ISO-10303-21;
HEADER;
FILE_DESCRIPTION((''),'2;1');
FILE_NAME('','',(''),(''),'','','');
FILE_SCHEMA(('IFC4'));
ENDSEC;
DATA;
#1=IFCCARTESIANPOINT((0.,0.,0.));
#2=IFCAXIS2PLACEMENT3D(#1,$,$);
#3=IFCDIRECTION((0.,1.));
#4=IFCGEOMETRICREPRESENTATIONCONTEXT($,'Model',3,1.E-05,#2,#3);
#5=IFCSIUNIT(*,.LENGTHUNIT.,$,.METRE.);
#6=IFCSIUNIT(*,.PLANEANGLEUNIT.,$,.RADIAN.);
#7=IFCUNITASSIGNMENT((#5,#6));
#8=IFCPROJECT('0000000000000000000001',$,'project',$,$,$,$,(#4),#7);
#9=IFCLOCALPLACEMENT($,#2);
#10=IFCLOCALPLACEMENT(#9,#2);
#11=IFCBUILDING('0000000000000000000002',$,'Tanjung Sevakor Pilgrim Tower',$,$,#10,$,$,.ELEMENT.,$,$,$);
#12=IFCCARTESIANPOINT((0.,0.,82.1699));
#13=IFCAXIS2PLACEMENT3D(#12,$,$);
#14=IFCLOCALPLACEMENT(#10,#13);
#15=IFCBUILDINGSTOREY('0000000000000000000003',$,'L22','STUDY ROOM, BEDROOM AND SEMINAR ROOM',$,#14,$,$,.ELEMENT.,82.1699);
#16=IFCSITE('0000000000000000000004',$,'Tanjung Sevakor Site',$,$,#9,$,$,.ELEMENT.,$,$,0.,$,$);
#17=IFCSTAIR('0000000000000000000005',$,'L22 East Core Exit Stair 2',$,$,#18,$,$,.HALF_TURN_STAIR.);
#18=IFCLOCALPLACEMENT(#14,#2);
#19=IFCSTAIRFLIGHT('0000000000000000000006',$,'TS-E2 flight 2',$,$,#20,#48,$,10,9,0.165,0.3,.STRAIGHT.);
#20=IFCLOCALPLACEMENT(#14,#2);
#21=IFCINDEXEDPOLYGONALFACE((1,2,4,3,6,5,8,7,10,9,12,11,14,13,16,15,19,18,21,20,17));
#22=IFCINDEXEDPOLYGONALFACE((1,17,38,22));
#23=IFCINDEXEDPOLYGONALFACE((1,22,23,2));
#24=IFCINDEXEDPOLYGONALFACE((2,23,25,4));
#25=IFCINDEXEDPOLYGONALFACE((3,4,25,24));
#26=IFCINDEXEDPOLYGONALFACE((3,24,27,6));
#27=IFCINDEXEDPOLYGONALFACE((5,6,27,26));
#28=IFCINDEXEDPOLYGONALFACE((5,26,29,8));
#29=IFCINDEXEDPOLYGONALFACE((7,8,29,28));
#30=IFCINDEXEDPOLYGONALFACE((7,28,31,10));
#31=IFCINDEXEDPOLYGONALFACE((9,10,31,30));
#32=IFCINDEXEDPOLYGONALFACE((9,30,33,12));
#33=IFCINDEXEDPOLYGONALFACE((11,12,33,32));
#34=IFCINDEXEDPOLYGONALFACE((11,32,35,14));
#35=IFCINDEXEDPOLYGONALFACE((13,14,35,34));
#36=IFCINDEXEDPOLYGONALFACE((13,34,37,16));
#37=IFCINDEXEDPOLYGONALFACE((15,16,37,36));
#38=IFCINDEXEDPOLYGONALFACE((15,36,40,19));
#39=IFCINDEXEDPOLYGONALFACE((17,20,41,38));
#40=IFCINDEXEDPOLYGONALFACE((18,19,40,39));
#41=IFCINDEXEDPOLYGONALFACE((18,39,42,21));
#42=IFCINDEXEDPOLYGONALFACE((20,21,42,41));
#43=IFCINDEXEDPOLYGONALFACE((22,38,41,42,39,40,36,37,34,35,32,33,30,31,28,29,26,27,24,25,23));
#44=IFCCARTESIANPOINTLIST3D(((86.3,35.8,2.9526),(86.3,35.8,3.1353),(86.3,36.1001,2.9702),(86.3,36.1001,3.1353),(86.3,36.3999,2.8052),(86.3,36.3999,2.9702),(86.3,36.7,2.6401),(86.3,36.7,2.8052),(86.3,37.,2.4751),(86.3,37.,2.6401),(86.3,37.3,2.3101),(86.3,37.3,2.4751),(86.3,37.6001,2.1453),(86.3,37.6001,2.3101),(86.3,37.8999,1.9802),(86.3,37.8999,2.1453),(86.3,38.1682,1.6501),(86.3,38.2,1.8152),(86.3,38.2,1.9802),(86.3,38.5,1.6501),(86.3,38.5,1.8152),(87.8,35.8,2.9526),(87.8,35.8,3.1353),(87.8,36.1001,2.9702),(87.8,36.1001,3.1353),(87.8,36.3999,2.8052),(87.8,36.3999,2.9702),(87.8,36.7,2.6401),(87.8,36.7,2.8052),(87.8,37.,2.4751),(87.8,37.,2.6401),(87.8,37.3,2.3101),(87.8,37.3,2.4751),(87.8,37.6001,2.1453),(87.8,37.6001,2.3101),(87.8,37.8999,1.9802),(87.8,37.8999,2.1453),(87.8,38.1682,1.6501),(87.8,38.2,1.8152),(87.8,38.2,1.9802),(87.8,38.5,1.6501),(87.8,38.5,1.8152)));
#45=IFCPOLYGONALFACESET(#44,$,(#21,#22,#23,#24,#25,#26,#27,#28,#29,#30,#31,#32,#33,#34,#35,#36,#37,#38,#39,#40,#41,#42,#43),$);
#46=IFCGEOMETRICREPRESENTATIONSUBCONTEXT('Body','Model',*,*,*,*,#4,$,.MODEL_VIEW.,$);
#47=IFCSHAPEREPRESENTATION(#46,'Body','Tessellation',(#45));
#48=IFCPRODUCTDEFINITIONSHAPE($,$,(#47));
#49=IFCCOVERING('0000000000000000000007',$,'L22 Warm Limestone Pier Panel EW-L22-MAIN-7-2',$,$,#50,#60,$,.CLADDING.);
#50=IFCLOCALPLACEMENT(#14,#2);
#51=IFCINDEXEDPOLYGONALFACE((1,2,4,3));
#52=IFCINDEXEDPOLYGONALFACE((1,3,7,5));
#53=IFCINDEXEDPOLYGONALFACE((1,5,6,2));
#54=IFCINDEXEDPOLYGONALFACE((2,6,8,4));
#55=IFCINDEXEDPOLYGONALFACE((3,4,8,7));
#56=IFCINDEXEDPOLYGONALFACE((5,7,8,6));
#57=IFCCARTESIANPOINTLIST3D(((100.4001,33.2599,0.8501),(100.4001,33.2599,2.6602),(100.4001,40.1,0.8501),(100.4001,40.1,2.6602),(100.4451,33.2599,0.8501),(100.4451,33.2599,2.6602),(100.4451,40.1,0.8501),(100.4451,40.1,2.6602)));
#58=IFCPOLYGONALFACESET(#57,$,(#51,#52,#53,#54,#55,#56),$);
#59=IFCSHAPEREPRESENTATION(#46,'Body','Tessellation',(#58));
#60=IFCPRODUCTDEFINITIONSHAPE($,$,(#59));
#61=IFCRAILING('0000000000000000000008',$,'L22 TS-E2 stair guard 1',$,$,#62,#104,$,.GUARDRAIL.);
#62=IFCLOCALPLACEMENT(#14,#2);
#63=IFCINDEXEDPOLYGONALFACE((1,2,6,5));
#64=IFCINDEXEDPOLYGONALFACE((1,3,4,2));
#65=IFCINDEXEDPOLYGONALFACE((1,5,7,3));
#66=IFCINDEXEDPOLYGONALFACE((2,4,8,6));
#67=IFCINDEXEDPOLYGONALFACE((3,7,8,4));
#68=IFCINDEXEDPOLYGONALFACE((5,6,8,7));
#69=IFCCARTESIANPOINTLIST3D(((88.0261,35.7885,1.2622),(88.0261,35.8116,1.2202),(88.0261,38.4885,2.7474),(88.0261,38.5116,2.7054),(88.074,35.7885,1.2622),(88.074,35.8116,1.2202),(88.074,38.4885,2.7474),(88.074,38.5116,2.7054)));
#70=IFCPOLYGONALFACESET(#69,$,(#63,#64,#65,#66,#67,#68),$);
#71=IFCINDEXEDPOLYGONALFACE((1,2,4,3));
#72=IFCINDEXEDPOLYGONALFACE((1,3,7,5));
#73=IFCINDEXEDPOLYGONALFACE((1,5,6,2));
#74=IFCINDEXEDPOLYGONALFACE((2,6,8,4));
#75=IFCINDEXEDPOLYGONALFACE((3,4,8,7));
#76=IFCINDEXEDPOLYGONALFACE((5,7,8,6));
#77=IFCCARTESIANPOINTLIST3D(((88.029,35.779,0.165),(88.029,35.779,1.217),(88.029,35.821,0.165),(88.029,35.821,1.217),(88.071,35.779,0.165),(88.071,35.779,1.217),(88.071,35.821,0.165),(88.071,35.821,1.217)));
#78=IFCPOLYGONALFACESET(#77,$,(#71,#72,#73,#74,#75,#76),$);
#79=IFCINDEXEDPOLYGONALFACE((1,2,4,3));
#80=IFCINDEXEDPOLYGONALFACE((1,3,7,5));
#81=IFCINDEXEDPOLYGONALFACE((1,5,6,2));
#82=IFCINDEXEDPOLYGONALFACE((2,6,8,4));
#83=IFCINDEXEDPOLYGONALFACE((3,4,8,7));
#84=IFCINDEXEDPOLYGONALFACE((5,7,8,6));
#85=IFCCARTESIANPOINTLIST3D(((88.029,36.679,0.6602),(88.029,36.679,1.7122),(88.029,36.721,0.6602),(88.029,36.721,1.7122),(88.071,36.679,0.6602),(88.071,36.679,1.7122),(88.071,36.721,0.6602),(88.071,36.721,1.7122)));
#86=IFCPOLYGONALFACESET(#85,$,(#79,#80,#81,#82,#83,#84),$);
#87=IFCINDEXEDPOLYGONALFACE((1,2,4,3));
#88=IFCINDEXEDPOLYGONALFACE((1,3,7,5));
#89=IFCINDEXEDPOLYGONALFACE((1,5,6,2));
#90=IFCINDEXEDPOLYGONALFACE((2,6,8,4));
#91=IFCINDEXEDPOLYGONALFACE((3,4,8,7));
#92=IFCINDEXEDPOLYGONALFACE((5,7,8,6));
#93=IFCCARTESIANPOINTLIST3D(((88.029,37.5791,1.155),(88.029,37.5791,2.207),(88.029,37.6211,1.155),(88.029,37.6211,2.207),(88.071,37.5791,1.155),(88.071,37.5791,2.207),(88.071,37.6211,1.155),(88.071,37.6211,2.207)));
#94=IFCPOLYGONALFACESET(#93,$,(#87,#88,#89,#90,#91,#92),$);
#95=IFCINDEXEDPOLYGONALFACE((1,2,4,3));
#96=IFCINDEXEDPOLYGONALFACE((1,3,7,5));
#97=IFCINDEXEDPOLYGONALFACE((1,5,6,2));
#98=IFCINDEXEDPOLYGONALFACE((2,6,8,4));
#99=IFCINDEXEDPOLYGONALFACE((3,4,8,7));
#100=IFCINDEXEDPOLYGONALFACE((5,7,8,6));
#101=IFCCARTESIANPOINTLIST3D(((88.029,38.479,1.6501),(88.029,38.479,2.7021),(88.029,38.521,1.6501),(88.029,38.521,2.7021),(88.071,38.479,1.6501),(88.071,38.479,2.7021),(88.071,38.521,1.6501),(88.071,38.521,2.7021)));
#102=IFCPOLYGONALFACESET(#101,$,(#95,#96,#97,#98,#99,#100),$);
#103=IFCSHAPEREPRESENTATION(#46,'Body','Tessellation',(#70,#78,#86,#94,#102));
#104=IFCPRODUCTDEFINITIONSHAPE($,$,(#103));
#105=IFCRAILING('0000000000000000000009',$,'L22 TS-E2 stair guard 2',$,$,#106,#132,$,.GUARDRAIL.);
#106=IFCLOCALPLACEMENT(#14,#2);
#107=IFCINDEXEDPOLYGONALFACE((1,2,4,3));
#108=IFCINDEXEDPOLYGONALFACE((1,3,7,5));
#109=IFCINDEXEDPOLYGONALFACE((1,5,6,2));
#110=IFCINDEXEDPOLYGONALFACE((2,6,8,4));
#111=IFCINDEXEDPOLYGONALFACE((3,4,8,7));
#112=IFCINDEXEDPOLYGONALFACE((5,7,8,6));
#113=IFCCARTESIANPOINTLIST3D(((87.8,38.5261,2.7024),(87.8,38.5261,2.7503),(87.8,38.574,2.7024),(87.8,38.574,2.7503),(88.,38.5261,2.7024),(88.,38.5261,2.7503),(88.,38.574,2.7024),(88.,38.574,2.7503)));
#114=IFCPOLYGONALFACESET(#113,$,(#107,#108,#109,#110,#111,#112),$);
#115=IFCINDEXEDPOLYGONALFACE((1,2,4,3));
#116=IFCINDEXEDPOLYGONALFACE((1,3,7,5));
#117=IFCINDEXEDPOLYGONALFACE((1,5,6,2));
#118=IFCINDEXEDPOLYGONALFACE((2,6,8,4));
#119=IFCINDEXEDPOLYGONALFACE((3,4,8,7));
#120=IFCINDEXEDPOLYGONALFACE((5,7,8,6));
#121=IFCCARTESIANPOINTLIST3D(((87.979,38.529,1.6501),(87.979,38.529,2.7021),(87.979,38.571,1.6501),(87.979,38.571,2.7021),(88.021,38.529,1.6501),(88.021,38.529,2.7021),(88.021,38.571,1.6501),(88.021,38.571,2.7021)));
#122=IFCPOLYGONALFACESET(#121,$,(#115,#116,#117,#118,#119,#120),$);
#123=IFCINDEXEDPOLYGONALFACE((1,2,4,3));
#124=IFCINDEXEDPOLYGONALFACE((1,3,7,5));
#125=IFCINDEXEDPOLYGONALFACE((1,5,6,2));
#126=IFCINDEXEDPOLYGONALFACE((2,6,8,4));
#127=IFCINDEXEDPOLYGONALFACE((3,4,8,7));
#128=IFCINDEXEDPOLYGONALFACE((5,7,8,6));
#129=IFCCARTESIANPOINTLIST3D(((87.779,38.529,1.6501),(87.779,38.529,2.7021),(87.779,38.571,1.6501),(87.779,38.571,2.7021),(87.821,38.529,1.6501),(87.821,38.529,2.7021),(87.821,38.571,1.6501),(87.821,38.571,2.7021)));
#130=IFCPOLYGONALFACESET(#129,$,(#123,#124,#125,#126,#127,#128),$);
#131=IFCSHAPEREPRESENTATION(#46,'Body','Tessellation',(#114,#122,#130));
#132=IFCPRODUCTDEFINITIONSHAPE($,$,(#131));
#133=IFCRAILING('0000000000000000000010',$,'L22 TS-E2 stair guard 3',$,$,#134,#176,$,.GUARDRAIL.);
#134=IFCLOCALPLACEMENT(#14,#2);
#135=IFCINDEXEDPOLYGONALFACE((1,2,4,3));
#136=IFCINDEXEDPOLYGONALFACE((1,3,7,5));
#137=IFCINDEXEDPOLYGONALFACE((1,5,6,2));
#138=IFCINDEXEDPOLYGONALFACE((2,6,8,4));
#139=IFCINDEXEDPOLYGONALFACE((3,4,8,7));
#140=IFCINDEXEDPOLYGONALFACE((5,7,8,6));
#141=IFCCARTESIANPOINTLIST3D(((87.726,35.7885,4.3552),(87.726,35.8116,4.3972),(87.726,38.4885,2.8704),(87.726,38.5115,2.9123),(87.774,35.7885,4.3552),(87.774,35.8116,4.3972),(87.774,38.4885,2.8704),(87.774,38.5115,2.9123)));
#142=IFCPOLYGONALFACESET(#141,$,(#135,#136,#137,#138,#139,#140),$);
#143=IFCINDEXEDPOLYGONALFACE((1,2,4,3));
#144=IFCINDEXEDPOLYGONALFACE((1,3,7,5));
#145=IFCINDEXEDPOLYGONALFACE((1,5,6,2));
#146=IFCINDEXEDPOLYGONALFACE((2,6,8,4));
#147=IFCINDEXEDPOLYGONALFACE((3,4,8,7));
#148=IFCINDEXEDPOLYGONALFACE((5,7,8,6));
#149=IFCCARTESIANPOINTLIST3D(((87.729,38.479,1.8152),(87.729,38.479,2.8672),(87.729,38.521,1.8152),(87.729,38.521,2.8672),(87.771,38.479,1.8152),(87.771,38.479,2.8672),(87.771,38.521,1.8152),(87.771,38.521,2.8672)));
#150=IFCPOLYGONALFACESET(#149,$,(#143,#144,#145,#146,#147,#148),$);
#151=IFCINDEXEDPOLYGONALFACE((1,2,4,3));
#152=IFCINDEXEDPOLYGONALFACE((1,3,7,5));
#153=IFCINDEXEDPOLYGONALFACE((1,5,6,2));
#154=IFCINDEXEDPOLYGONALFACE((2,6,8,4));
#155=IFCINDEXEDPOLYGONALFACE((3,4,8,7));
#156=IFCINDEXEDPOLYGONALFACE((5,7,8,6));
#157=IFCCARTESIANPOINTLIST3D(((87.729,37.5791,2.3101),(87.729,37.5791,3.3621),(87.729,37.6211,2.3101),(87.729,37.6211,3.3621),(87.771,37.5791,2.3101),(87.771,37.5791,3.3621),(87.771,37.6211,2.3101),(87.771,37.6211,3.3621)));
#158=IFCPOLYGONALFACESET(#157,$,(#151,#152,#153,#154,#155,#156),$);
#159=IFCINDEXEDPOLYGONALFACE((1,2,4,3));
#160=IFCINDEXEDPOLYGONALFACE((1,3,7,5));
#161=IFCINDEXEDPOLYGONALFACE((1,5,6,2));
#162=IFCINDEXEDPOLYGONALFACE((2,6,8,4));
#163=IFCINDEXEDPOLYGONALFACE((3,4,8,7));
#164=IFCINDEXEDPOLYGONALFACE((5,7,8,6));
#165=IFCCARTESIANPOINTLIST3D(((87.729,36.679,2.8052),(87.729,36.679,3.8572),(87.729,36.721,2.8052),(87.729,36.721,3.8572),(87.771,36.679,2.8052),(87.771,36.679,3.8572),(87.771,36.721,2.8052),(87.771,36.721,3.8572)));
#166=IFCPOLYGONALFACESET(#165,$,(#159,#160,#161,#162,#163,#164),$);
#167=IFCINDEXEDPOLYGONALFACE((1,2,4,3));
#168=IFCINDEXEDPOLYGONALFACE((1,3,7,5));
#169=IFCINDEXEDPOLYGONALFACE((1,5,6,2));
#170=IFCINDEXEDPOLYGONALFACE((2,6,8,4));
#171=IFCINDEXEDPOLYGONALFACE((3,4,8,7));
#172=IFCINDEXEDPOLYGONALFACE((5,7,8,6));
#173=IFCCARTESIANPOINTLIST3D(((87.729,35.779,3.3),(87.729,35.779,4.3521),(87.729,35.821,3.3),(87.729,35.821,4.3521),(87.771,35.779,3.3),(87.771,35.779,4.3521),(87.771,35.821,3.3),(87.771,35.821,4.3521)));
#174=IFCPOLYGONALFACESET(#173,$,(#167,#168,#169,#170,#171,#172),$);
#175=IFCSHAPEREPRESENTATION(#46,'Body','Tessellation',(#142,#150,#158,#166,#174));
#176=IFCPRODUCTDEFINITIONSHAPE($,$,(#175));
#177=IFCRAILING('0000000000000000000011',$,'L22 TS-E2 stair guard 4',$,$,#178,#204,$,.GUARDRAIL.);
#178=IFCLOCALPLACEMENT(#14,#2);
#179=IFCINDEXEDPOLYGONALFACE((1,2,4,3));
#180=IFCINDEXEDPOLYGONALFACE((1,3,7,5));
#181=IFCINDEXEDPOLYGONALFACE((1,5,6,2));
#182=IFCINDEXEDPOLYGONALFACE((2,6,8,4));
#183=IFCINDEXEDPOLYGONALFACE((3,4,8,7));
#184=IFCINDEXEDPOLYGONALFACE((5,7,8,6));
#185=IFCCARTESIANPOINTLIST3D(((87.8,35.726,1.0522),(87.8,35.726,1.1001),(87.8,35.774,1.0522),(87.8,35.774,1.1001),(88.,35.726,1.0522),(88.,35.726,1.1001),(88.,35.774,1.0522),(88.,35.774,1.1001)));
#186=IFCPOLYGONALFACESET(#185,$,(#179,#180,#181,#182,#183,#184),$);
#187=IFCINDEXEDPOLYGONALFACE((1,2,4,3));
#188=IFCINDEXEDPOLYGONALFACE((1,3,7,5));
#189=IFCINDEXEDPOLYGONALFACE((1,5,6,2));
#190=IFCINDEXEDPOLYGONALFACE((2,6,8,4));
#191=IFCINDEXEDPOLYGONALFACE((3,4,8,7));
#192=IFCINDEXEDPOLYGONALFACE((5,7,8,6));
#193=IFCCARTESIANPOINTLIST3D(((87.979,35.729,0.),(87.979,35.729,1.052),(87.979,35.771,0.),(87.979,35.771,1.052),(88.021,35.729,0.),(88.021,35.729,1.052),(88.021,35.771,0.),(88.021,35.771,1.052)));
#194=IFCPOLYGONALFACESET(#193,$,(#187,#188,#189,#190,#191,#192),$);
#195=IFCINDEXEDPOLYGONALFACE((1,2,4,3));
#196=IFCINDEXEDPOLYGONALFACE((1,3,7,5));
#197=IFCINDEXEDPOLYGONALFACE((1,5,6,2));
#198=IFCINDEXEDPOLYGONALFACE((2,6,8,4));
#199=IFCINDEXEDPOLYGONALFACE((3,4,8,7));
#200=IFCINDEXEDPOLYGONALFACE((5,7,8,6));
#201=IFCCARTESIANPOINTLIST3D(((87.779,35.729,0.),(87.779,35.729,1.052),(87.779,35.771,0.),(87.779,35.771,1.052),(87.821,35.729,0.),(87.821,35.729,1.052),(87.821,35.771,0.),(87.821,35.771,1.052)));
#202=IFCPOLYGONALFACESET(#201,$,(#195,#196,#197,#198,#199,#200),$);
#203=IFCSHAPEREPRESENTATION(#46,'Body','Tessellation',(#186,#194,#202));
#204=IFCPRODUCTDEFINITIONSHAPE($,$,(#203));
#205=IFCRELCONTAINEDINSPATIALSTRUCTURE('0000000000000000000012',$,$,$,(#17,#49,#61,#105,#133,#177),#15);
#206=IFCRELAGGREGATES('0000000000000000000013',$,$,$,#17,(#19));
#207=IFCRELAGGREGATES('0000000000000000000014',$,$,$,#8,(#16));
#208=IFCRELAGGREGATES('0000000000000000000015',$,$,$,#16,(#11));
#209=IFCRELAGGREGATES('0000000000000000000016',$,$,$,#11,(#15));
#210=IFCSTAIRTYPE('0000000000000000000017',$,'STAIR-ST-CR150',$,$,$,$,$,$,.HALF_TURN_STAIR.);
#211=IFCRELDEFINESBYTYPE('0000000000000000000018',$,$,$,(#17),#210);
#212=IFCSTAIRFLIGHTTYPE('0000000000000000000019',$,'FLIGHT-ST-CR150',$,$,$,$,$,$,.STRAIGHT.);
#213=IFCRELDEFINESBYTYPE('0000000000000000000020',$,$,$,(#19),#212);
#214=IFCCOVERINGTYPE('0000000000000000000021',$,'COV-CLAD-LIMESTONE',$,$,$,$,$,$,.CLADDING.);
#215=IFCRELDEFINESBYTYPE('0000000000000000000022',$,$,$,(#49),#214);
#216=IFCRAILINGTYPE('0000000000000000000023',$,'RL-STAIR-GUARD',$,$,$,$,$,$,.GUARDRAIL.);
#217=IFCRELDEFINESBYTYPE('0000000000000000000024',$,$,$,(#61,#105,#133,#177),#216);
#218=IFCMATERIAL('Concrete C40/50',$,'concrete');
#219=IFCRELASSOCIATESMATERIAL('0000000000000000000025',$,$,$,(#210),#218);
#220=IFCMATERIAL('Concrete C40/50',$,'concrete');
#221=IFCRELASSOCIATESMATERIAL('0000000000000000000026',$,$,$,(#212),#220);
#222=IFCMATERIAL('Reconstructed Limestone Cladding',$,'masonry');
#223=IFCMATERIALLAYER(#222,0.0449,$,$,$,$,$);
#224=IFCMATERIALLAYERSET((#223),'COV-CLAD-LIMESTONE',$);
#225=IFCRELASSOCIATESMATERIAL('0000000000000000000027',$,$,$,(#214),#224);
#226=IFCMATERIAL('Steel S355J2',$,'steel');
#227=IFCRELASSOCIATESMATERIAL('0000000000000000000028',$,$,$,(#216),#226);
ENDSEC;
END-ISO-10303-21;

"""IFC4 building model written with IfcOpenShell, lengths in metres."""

from ifc_helpers import new_model, si_unit, direction, frame, origin, origin_2d, place, context, subcontext, project, spatial, polyline, rectangle, outline, extrude, material, layer, layer_set, type_object, element, aggregate, save


model = new_model("IFC4")

# Units and contexts
model_context = context("Model", 3, precision=1e-05, world=origin(), true_north=direction((0.0, 1.0)))
body_context = subcontext(model_context, "Body", "Model", "MODEL_VIEW")
ifc_project = project(units=[si_unit("LENGTHUNIT", "METRE"), si_unit("PLANEANGLEUNIT", "RADIAN")], contexts=[model_context])

# Site, building, storey
site_placement = place(None, origin())
site = spatial("IfcSite", under=ifc_project, at=site_placement, Name="Tanjung Sevakor Site", CompositionType="ELEMENT", RefElevation=0.0)
building_placement = place(site_placement, origin())
building = spatial("IfcBuilding", under=site, at=building_placement, Name="Tanjung Sevakor Pilgrim Tower", CompositionType="ELEMENT")
storey_placement = place(building_placement, frame((0.0, 0.0, 82.1699)))
storey = spatial("IfcBuildingStorey", under=building, at=storey_placement, Name="L22", Description="STUDY ROOM, BEDROOM AND SEMINAR ROOM", CompositionType="ELEMENT", Elevation=82.1699)

# Stair, stair flight
ifc_material_1 = material(Name="Concrete C40/50", Category="concrete")
stair_type = type_object("IfcStairType", Name="STAIR-ST-CR150", PredefinedType="HALF_TURN_STAIR", material=ifc_material_1)
stair_placement = place(storey_placement, origin())
stair = element("IfcStair", 1, at=stair_placement, inside=storey, type_object=stair_type, Name="L22 East Core Exit Stair 2", PredefinedType="HALF_TURN_STAIR")
ifc_material_2 = material(Name="Concrete C40/50", Category="concrete")
stair_flight_type = type_object("IfcStairFlightType", Name="FLIGHT-ST-CR150", PredefinedType="STRAIGHT", material=ifc_material_2)
stair_flight_1_placement = place(storey_placement, frame((87.05, 38.5, 1.6501), z_axis=(0.0, 0.0, 1.0), x_axis=(0.0, -1.0, 0.0)))
stair_flight_1 = element("IfcStairFlight", 2, at=stair_flight_1_placement, type_object=stair_flight_type, Name="TS-E2 flight 2", NumberOfRisers=10, NumberOfTreads=9, PredefinedType="STRAIGHT", RiserHeight=0.165, TreadLength=0.3, context=body_context, shape_type="SweptSolid", body=[
    extrude(outline(polyline([(0.0, 0.0), (0.0, 0.165), (0.3, 0.165), (0.3, 0.3301), (0.6001, 0.3301), (0.6001, 0.4951), (0.8999, 0.4951), (0.8999, 0.6599), (1.2, 0.6599), (1.2, 0.825), (1.5, 0.825), (1.5, 0.99), (1.8, 0.99), (1.8, 1.155), (2.1001, 1.155), (2.1001, 1.3201), (2.3999, 1.3201), (2.3999, 1.4851), (2.7, 1.4851), (2.7, 1.6499), (2.7, 1.3025), (0.3318, 0.0), (0.0, 0.0)])), frame((0.0, 0.75, 0.0), z_axis=(0.0, -1.0, 0.0), x_axis=(1.0, 0.0, 0.0)), (0.0, 0.0, 1.0), 1.5),
])
aggregate(stair, [stair_flight_1])

# Covering
ifc_material_3 = material(Name="Reconstructed Limestone Cladding", Category="masonry")
ifc_layer_1 = layer(ifc_material_3, 0.0449)
ifc_layer_set_1 = layer_set([ifc_layer_1], Name="COV-CLAD-LIMESTONE")
covering_type = type_object("IfcCoveringType", Name="COV-CLAD-LIMESTONE", PredefinedType="CLADDING", material=ifc_layer_set_1)
covering_placement = place(storey_placement, frame((100.4226, 36.6799, 0.8501), z_axis=(0.0, 0.0, 1.0), x_axis=(0.0, 1.0, 0.0)))
element("IfcCovering", 3, at=covering_placement, inside=storey, type_object=covering_type, Name="L22 Warm Limestone Pier Panel EW-L22-MAIN-7-2", PredefinedType="CLADDING", context=body_context, shape_type="SweptSolid", body=[
    extrude(rectangle(XDim=6.8401, YDim=0.0449, at=origin_2d()), origin(), (0.0, 0.0, 1.0), 1.8101),
])

# Railings
ifc_material_4 = material(Name="Steel S355J2", Category="steel")
railing_type_1 = type_object("IfcRailingType", Name="RL-STAIR-GUARD", PredefinedType="GUARDRAIL", material=ifc_material_4)
railing_1_placement = place(storey_placement, frame((88.05, 35.8, 0.165)))
element("IfcRailing", 4, at=railing_1_placement, inside=storey, type_object=railing_type_1, Name="L22 TS-E2 stair guard 1", PredefinedType="GUARDRAIL", context=body_context, shape_type="SweptSolid", body=[
    extrude(rectangle(XDim=0.0479, YDim=0.0479), frame((0.0, 0.0, 1.0762), z_axis=(0.0, 0.876198, 0.481952), x_axis=(-1.0, 0.0, 0.0)), (0.0, 0.0, 1.0), 3.0815),
    extrude(rectangle(XDim=0.042, YDim=0.042), origin(), (0.0, 0.0, 1.0), 1.052),
    extrude(rectangle(XDim=0.042, YDim=0.042), frame((0.0, 0.8999, 0.4951)), (0.0, 0.0, 1.0), 1.052),
    extrude(rectangle(XDim=0.042, YDim=0.042), frame((0.0, 1.8, 0.99)), (0.0, 0.0, 1.0), 1.052),
    extrude(rectangle(XDim=0.042, YDim=0.042), frame((0.0, 2.7, 1.4851)), (0.0, 0.0, 1.0), 1.052),
])
railing_2_placement = place(storey_placement, frame((88.0, 38.55, 1.6501)))
element("IfcRailing", 5, at=railing_2_placement, inside=storey, type_object=railing_type_1, Name="L22 TS-E2 stair guard 2", PredefinedType="GUARDRAIL", context=body_context, shape_type="SweptSolid", body=[
    extrude(rectangle(XDim=0.0479, YDim=0.0479), frame((0.0, 0.0, 1.0762), z_axis=(-1.0, 0.0, 0.0), x_axis=(0.0, -1.0, 0.0)), (0.0, 0.0, 1.0), 0.2),
    extrude(rectangle(XDim=0.042, YDim=0.042), origin(), (0.0, 0.0, 1.0), 1.052),
    extrude(rectangle(XDim=0.042, YDim=0.042), frame((-0.2, 0.0, 0.0)), (0.0, 0.0, 1.0), 1.052),
])
railing_3_placement = place(storey_placement, frame((87.75, 38.5, 1.8152)))
element("IfcRailing", 6, at=railing_3_placement, inside=storey, type_object=railing_type_1, Name="L22 TS-E2 stair guard 3", PredefinedType="GUARDRAIL", context=body_context, shape_type="SweptSolid", body=[
    extrude(rectangle(XDim=0.0479, YDim=0.0479), frame((0.0, 0.0, 1.0762), z_axis=(0.0, -0.876231, 0.481891), x_axis=(1.0, 0.0, 0.0)), (0.0, 0.0, 1.0), 3.0813),
    extrude(rectangle(XDim=0.042, YDim=0.042), origin(), (0.0, 0.0, 1.0), 1.052),
    extrude(rectangle(XDim=0.042, YDim=0.042), frame((0.0, -0.8999, 0.4949)), (0.0, 0.0, 1.0), 1.052),
    extrude(rectangle(XDim=0.042, YDim=0.042), frame((0.0, -1.8, 0.99)), (0.0, 0.0, 1.0), 1.052),
    extrude(rectangle(XDim=0.042, YDim=0.042), frame((0.0, -2.7, 1.4849)), (0.0, 0.0, 1.0), 1.052),
])
railing_4_placement = place(storey_placement, frame((88.0, 35.75, 0.0)))
element("IfcRailing", 7, at=railing_4_placement, inside=storey, type_object=railing_type_1, Name="L22 TS-E2 stair guard 4", PredefinedType="GUARDRAIL", context=body_context, shape_type="SweptSolid", body=[
    extrude(rectangle(XDim=0.0479, YDim=0.0479), frame((0.0, 0.0, 1.0762), z_axis=(-1.0, 0.0, 0.0), x_axis=(0.0, -1.0, 0.0)), (0.0, 0.0, 1.0), 0.2),
    extrude(rectangle(XDim=0.042, YDim=0.042), origin(), (0.0, 0.0, 1.0), 1.052),
    extrude(rectangle(XDim=0.042, YDim=0.042), frame((-0.2, 0.0, 0.0)), (0.0, 0.0, 1.0), 1.052),
])

save(model, "model.ifc")
